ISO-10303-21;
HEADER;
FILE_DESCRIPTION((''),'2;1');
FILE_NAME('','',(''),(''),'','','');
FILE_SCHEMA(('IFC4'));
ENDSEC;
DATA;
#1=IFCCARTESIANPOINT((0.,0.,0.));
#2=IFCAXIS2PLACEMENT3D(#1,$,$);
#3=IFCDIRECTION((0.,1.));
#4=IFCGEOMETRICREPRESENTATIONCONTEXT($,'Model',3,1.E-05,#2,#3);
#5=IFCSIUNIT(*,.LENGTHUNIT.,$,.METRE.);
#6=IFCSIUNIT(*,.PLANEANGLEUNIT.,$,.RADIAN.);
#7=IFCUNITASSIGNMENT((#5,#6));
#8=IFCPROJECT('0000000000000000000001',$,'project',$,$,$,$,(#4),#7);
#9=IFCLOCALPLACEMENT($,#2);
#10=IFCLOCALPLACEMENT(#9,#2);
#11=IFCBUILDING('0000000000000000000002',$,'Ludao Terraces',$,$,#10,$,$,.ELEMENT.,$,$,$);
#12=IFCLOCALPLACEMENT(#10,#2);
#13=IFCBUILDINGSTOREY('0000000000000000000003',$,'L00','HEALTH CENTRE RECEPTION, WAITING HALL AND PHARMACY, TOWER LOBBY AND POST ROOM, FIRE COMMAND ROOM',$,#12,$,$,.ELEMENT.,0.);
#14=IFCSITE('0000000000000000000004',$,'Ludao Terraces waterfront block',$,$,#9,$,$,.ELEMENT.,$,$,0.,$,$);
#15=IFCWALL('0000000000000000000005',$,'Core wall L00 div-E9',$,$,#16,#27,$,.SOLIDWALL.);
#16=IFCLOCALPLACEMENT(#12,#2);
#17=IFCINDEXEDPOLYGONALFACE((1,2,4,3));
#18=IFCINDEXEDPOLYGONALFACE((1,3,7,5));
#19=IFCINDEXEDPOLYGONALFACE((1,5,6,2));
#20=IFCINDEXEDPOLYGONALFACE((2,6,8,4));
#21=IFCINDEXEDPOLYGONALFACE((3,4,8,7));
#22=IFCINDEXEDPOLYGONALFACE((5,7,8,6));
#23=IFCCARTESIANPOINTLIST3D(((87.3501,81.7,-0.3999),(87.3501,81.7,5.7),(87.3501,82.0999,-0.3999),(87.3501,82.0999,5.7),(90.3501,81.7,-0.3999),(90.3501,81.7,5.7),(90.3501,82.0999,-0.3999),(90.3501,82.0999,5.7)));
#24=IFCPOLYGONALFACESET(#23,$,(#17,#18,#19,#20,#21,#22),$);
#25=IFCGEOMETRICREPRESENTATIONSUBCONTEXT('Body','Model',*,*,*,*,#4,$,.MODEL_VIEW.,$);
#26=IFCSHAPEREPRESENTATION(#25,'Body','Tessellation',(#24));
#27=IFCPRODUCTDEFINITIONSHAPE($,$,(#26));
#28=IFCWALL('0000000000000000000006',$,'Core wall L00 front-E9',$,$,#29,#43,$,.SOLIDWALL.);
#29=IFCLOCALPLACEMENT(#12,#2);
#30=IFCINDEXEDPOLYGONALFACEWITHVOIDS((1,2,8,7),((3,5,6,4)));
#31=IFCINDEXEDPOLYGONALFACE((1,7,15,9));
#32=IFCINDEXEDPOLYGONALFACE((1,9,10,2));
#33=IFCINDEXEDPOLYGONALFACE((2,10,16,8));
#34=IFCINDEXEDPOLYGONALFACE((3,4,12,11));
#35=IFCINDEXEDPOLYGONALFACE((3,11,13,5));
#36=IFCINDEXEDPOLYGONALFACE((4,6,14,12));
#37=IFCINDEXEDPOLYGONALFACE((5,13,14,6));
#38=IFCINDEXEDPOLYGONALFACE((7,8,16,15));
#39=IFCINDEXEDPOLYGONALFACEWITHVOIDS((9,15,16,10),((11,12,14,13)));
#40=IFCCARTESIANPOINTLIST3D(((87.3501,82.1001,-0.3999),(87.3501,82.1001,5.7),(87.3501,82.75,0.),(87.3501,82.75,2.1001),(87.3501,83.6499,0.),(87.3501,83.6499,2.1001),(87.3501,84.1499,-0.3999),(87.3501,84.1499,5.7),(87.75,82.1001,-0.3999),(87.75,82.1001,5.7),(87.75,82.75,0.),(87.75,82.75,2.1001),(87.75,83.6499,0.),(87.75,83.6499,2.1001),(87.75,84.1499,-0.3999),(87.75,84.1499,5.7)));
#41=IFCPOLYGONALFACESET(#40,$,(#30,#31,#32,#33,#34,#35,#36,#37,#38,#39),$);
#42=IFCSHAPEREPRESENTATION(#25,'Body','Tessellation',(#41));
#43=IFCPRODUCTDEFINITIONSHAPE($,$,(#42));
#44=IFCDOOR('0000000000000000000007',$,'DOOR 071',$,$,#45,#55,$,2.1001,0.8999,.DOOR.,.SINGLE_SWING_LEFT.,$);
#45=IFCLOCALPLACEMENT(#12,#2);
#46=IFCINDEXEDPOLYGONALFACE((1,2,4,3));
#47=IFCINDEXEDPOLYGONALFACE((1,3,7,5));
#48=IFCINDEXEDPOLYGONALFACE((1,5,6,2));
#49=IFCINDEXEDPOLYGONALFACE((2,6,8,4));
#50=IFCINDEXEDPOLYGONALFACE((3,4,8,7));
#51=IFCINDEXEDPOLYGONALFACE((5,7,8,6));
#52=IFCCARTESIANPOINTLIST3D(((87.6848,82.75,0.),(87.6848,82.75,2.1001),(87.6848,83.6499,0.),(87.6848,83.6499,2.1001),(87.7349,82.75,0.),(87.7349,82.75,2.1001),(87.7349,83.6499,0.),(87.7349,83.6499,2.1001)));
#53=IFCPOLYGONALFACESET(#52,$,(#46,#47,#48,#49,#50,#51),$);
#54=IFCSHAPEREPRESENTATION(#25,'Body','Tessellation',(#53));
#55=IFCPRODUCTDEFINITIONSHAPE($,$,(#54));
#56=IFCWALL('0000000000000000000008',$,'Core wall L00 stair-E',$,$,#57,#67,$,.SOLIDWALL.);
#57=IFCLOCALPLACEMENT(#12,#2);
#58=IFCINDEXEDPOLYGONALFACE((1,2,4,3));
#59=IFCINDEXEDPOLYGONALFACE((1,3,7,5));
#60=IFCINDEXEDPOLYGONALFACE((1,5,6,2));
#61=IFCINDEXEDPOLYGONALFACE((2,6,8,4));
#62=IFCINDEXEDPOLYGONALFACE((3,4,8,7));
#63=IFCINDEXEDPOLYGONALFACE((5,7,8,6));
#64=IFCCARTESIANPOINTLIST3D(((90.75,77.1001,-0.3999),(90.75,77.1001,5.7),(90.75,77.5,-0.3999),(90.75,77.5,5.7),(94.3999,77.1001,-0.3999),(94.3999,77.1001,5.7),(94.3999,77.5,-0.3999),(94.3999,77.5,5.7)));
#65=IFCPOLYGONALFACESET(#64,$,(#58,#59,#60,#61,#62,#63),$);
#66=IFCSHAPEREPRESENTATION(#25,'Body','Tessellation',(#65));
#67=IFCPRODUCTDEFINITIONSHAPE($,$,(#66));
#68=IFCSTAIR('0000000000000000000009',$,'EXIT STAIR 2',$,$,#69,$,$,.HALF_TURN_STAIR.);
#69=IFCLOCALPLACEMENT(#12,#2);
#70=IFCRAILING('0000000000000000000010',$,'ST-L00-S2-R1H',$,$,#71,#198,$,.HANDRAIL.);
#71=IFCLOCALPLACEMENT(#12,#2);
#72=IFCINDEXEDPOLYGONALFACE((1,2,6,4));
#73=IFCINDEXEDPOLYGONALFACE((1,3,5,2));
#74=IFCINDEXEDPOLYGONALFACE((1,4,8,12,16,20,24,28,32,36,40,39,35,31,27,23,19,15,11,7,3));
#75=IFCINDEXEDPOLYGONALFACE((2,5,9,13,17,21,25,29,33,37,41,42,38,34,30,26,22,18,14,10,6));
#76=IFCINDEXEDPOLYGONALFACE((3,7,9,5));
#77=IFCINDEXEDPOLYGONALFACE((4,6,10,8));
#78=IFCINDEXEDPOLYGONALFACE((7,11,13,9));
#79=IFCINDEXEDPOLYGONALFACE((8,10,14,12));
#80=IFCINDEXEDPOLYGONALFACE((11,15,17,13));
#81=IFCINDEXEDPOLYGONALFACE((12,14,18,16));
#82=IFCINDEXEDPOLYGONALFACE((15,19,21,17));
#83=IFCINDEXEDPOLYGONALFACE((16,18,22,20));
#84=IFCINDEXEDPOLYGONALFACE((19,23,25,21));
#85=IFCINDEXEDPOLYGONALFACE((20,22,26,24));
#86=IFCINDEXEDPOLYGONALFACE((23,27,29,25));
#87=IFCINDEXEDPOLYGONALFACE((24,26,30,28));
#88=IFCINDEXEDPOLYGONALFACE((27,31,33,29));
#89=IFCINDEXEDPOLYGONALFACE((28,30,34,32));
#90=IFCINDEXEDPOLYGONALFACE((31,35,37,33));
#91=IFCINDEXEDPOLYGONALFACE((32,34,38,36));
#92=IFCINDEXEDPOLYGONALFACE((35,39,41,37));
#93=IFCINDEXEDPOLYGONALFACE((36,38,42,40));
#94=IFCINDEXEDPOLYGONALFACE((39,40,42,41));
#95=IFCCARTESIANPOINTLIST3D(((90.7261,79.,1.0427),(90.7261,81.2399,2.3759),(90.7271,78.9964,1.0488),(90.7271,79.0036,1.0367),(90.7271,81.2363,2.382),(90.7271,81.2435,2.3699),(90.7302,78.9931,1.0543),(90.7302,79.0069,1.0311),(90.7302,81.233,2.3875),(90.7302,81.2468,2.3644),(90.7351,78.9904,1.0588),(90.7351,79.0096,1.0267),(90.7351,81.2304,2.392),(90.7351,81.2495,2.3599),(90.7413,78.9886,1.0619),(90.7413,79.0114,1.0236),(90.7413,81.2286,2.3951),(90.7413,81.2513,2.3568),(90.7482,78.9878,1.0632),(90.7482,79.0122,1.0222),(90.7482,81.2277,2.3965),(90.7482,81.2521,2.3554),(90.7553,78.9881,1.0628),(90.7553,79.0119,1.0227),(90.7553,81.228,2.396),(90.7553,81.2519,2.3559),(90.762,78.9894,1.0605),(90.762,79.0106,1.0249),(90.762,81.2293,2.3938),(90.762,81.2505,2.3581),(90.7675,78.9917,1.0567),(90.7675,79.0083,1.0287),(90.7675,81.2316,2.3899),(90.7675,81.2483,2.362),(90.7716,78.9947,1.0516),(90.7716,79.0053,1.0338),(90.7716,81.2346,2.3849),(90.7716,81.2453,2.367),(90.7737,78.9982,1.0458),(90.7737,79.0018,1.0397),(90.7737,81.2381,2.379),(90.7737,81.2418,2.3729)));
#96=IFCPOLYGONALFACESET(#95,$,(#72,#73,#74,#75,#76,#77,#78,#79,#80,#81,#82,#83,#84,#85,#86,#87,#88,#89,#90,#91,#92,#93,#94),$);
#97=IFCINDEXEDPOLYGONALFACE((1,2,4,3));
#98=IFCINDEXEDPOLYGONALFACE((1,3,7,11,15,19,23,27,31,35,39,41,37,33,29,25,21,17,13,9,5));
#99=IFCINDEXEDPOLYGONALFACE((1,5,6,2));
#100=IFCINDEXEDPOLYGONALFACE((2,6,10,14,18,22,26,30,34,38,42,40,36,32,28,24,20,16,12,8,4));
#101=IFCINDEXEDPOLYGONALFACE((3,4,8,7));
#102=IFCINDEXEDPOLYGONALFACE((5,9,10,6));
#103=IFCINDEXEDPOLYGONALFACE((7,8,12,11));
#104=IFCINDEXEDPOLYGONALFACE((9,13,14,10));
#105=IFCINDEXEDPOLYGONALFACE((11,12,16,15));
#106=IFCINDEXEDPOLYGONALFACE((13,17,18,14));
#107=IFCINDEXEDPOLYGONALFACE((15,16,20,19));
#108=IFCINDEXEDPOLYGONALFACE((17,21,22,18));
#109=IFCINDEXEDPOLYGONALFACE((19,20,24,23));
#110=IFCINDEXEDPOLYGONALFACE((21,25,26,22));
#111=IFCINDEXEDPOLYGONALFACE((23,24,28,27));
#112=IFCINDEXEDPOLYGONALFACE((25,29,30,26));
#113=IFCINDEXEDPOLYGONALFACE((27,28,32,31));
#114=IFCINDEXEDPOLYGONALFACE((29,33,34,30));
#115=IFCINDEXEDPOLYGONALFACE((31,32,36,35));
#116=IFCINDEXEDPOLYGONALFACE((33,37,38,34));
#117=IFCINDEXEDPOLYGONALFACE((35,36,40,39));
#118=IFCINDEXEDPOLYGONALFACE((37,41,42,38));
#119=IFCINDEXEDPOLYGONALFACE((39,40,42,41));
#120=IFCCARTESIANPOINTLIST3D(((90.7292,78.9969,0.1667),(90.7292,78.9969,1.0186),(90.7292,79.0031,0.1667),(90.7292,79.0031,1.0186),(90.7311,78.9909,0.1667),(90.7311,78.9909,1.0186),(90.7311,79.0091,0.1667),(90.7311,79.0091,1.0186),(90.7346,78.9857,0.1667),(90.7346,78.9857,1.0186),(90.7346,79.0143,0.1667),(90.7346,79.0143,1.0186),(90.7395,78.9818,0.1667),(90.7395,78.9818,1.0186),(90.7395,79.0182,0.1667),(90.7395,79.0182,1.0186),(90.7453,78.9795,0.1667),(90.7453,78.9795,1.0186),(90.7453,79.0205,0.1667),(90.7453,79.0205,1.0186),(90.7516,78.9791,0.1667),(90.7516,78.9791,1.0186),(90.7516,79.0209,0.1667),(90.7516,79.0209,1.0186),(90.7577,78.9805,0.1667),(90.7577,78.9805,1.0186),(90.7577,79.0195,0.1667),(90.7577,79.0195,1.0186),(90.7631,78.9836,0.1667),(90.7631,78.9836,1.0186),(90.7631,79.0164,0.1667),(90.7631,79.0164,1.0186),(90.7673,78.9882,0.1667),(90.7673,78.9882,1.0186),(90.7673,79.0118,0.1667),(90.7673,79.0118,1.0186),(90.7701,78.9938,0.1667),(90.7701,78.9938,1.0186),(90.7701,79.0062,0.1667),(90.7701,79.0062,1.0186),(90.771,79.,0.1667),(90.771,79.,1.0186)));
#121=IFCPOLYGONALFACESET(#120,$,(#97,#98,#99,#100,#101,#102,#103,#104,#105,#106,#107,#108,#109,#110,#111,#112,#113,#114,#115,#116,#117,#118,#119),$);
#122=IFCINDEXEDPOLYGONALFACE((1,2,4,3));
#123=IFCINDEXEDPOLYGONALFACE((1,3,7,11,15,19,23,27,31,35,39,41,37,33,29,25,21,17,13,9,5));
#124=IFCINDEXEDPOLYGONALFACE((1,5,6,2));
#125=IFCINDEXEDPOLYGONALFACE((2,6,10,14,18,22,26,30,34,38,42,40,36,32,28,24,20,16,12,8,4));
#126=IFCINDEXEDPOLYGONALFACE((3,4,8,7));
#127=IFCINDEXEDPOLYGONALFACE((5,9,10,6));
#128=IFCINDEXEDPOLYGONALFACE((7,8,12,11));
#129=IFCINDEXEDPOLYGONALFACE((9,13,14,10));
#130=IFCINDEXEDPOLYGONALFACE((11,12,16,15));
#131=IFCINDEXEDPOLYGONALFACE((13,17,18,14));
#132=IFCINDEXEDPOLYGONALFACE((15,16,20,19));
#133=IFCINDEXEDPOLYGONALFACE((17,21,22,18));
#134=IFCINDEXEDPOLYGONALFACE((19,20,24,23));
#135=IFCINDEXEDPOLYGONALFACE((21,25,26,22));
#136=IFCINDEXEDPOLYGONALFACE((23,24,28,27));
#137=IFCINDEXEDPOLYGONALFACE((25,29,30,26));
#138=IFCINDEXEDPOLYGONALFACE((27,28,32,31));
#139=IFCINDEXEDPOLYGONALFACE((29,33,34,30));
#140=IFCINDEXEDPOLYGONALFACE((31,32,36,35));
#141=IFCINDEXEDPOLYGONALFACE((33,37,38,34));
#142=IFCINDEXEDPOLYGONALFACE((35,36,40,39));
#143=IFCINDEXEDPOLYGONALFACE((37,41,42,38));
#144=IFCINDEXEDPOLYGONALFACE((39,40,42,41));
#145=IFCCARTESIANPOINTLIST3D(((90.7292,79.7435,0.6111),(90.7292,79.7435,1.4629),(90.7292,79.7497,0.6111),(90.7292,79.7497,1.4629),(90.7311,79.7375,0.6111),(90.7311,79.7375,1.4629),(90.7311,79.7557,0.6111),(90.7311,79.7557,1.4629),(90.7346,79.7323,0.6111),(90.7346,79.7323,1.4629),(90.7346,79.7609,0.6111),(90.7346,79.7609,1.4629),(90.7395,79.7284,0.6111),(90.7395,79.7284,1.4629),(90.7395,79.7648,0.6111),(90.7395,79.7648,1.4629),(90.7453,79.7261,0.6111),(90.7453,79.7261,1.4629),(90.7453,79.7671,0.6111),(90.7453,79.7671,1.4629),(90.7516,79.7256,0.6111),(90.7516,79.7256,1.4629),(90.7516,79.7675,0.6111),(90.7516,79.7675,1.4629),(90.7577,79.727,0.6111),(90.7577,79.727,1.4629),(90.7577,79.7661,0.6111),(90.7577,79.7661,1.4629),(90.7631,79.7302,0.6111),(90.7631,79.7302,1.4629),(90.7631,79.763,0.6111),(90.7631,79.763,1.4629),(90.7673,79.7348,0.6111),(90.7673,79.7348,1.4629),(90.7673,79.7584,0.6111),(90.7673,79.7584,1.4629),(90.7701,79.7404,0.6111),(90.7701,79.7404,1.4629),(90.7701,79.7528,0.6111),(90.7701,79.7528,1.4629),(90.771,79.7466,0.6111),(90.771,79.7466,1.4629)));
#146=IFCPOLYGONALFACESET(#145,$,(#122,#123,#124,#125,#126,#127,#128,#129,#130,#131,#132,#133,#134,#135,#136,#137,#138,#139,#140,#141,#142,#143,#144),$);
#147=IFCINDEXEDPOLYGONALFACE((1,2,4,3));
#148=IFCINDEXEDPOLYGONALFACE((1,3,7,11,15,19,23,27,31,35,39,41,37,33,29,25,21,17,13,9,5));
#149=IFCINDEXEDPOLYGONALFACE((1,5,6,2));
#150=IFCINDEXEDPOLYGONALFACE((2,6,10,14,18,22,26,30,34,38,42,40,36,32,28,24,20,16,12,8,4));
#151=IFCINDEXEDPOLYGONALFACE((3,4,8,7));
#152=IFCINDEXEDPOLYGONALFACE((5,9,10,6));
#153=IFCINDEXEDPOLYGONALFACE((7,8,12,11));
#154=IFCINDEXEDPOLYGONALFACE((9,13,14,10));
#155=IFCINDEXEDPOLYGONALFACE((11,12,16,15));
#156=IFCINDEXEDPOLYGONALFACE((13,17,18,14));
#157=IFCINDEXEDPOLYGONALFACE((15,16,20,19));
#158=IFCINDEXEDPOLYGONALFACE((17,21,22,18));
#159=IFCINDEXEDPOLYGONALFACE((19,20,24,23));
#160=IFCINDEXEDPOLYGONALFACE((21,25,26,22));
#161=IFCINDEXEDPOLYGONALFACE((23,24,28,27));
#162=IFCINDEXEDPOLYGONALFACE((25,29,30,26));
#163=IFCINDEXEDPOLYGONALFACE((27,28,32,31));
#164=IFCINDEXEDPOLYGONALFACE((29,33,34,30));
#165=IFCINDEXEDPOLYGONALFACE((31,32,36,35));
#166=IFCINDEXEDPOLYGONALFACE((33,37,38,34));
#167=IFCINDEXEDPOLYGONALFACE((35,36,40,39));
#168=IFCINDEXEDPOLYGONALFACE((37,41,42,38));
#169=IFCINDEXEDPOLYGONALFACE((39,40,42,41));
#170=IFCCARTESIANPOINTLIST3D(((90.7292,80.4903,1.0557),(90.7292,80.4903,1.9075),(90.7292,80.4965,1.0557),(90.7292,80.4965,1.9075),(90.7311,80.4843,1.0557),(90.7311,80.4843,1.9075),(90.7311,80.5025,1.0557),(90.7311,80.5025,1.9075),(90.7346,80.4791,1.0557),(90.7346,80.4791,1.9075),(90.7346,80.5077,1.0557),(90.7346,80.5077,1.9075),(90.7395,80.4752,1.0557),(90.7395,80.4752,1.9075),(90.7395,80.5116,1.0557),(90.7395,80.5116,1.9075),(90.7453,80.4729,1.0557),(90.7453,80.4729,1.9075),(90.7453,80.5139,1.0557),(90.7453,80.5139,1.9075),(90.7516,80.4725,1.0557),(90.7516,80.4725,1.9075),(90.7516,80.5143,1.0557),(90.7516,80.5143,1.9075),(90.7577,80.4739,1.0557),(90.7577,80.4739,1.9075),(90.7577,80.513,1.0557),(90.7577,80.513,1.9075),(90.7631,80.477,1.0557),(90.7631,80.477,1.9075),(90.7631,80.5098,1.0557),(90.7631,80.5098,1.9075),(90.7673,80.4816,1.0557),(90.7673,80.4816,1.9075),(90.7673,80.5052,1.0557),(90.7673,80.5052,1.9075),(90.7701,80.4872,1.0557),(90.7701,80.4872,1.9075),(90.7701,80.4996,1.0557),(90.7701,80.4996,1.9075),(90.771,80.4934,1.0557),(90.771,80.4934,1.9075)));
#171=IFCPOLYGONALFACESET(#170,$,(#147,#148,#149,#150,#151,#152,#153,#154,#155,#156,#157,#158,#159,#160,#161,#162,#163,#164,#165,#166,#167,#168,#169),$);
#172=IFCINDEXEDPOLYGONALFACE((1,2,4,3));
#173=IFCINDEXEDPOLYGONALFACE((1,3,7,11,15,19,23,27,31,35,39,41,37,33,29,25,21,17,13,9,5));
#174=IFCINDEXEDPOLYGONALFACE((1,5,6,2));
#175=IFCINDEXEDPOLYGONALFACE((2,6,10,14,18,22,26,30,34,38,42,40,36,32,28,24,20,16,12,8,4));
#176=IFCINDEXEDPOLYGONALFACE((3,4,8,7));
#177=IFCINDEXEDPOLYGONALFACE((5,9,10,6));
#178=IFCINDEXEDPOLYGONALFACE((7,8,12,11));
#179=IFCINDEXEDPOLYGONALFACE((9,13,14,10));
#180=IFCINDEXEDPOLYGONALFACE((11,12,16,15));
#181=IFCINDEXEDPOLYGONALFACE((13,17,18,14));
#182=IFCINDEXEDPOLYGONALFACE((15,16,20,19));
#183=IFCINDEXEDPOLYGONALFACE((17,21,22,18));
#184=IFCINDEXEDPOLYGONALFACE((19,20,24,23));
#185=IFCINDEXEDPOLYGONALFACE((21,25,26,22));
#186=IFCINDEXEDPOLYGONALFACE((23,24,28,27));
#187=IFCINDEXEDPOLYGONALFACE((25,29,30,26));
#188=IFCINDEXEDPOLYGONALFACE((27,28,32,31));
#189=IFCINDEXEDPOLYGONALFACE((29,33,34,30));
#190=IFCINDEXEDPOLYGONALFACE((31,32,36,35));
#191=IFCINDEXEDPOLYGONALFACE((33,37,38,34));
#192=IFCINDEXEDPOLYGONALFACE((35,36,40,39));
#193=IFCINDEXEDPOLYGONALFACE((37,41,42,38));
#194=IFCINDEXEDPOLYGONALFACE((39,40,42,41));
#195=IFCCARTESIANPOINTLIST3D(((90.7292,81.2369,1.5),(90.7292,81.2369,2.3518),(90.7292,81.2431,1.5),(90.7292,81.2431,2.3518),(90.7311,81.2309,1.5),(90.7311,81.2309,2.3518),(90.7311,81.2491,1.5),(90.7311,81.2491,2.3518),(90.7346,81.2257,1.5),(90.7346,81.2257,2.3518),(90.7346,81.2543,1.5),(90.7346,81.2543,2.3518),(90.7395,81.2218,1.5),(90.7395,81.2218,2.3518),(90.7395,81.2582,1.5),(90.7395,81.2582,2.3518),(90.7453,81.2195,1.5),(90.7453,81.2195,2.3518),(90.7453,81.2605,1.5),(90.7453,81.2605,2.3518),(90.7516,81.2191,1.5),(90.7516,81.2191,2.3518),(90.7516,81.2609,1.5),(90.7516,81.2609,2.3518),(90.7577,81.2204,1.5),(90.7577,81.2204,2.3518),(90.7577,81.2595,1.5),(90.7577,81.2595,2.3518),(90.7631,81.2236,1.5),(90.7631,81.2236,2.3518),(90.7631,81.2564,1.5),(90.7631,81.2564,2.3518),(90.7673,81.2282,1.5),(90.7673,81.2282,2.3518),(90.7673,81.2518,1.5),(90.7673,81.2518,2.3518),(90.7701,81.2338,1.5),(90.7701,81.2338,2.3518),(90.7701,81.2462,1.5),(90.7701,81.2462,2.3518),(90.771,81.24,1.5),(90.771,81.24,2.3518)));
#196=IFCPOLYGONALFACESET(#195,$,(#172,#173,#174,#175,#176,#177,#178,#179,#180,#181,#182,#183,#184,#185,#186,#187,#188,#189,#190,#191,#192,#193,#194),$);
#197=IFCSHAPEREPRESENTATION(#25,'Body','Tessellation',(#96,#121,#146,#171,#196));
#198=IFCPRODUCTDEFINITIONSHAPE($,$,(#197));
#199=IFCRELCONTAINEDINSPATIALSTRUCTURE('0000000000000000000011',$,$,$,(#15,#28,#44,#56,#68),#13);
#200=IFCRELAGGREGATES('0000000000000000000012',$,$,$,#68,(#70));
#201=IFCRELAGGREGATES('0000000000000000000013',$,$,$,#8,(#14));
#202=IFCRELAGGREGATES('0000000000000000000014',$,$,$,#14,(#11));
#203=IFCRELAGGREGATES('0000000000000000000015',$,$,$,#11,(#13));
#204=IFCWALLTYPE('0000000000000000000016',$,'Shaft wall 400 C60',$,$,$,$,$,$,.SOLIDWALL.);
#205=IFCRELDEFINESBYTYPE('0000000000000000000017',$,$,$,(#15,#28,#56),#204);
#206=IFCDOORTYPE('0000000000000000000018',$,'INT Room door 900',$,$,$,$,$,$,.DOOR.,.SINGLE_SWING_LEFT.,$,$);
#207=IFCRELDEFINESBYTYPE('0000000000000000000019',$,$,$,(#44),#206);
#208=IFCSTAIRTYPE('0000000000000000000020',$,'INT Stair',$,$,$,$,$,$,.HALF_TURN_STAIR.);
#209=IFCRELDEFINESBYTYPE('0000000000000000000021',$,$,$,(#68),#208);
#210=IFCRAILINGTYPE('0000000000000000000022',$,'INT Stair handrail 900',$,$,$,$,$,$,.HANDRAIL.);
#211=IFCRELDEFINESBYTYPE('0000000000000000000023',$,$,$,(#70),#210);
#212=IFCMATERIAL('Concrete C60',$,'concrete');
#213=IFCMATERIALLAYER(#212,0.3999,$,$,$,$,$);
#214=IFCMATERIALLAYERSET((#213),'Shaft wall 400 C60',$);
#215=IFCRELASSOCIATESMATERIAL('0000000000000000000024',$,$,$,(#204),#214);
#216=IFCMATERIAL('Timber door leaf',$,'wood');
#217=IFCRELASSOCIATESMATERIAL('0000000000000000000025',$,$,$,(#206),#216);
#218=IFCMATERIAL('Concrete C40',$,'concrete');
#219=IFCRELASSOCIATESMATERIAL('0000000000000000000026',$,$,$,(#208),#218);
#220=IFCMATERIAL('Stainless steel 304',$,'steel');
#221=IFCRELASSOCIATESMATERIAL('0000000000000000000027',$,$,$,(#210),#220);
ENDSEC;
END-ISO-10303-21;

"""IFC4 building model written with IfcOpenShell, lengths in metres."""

from ifc_helpers import new_model, si_unit, direction, frame, frame_2d, origin, origin_2d, place, context, subcontext, project, spatial, rectangle, circle, extrude, material, layer, layer_set, type_object, element, fill, aggregate, save


model = new_model("IFC4")

# Units and contexts
model_context = context("Model", 3, precision=1e-05, world=origin(), true_north=direction((0.0, 1.0)))
body_context = subcontext(model_context, "Body", "Model", "MODEL_VIEW")
ifc_project = project(units=[si_unit("LENGTHUNIT", "METRE"), si_unit("PLANEANGLEUNIT", "RADIAN")], contexts=[model_context])

# Site, building, storey
site_placement = place(None, origin())
site = spatial("IfcSite", under=ifc_project, at=site_placement, Name="Ludao Terraces waterfront block", CompositionType="ELEMENT", RefElevation=0.0)
building_placement = place(site_placement, origin())
building = spatial("IfcBuilding", under=site, at=building_placement, Name="Ludao Terraces", CompositionType="ELEMENT")
storey_placement = place(building_placement, origin())
storey = spatial("IfcBuildingStorey", under=building, at=storey_placement, Name="L00", Description="HEALTH CENTRE RECEPTION, WAITING HALL AND PHARMACY, TOWER LOBBY AND POST ROOM, FIRE COMMAND ROOM", CompositionType="ELEMENT", Elevation=0.0)

# Shared definitions
ifc_material_1 = material(Name="Concrete C60", Category="concrete")

# Shared definitions
ifc_material_2 = material(Name="Concrete C40", Category="concrete")

# Shared definitions
ifc_layer_1 = layer(ifc_material_1, 0.3999)
ifc_layer_set_1 = layer_set([ifc_layer_1], Name="Shaft wall 400 C60")
wall_type_1 = type_object("IfcWallType", Name="Shaft wall 400 C60", PredefinedType="SOLIDWALL", material=ifc_layer_set_1)
ifc_material_3 = material(Name="Stainless steel 304", Category="steel")
ifc_material_4 = material(Name="Timber door leaf", Category="wood")
door_type_1 = type_object("IfcDoorType", Name="INT Room door 900", OperationType="SINGLE_SWING_LEFT", PredefinedType="DOOR", material=ifc_material_4)

# Wall
wall_1_placement = place(storey_placement, frame((87.3501, 81.8999, -0.3999), z_axis=(0.0, 0.0, 1.0), x_axis=(1.0, 0.0, 0.0)))
element("IfcWall", 1, at=wall_1_placement, inside=storey, type_object=wall_type_1, Name="Core wall L00 div-E9", PredefinedType="SOLIDWALL", context=body_context, shape_type="SweptSolid", body=[
    extrude(rectangle(XDim=3.0, YDim=0.3999, at=frame_2d((1.5, 0.0))), origin(), (0.0, 0.0, 1.0), 6.0999),
])

# Wall, opening, door
wall_2_placement = place(storey_placement, frame((87.55, 82.1001, -0.3999), z_axis=(0.0, 0.0, 1.0), x_axis=(0.0, 1.0, 0.0)))
wall_2 = element("IfcWall", 2, at=wall_2_placement, inside=storey, type_object=wall_type_1, Name="Core wall L00 front-E9", PredefinedType="SOLIDWALL", context=body_context, shape_type="SweptSolid", body=[
    extrude(rectangle(XDim=2.0498, YDim=0.3999, at=frame_2d((1.0249, 0.0))), origin(), (0.0, 0.0, 1.0), 6.0999),
])
opening_1_placement = place(wall_2_placement, frame((0.6499, 0.0, 0.3999)))
opening_1 = element("IfcOpeningElement", 3, at=opening_1_placement, cuts=wall_2, PredefinedType="OPENING", context=body_context, shape_type="SweptSolid", body=[
    extrude(rectangle(XDim=0.8999, YDim=2.1001, at=frame_2d((0.45, 1.05))), frame((0.0, 0.21, 0.0), z_axis=(0.0, -1.0, 0.0), x_axis=(1.0, 0.0, 0.0)), (0.0, 0.0, 1.0), 0.4199),
])
door_1_placement = place(opening_1_placement, origin())
door_1 = element("IfcDoor", 4, at=door_1_placement, inside=storey, type_object=door_type_1, Name="DOOR 071", OperationType="SINGLE_SWING_LEFT", OverallHeight=2.1001, OverallWidth=0.8999, PredefinedType="DOOR", context=body_context, shape_type="SweptSolid", body=[
    extrude(rectangle(XDim=0.8999, YDim=2.1001, at=frame_2d((0.45, 1.05))), frame((0.0, -0.1348, 0.0), z_axis=(0.0, -1.0, 0.0), x_axis=(1.0, 0.0, 0.0)), (0.0, 0.0, 1.0), 0.05),
])
fill(opening_1, door_1)

# Wall
wall_3_placement = place(storey_placement, frame((90.75, 77.3, -0.3999), z_axis=(0.0, 0.0, 1.0), x_axis=(1.0, 0.0, 0.0)))
element("IfcWall", 5, at=wall_3_placement, inside=storey, type_object=wall_type_1, Name="Core wall L00 stair-E", PredefinedType="SOLIDWALL", context=body_context, shape_type="SweptSolid", body=[
    extrude(rectangle(XDim=3.6499, YDim=0.3999, at=frame_2d((1.825, 0.0))), origin(), (0.0, 0.0, 1.0), 6.0999),
])

# Stair, railing
stair_type = type_object("IfcStairType", Name="INT Stair", PredefinedType="HALF_TURN_STAIR", material=ifc_material_2)
stair_placement = place(storey_placement, origin())
stair = element("IfcStair", 6, at=stair_placement, inside=storey, type_object=stair_type, Name="EXIT STAIR 2", PredefinedType="HALF_TURN_STAIR")
railing_type = type_object("IfcRailingType", Name="INT Stair handrail 900", PredefinedType="HANDRAIL", material=ifc_material_3)
railing_1_placement = place(storey_placement, frame((90.75, 79.0, 0.1667)))
railing_1 = element("IfcRailing", 7, at=railing_1_placement, type_object=railing_type, Name="ST-L00-S2-R1H", PredefinedType="HANDRAIL", context=body_context, shape_type="SweptSolid", body=[
    extrude(circle(Radius=0.0239, at=origin_2d()), frame((0.0, 0.0, 0.876), z_axis=(0.0, 0.859306, 0.511462), x_axis=(-1.0, 0.0, 0.0)), (0.0, 0.0, 1.0), 2.6067),
    extrude(circle(Radius=0.021, at=origin_2d()), origin(), (0.0, 0.0, 1.0), 0.8518),
    extrude(circle(Radius=0.021, at=origin_2d()), frame((0.0, 0.7466, 0.4443)), (0.0, 0.0, 1.0), 0.8518),
    extrude(circle(Radius=0.021, at=origin_2d()), frame((0.0, 1.4934, 0.8889)), (0.0, 0.0, 1.0), 0.8518),
    extrude(circle(Radius=0.021, at=origin_2d()), frame((0.0, 2.24, 1.3333)), (0.0, 0.0, 1.0), 0.8518),
])
aggregate(stair, [railing_1])

save(model, "model.ifc")
